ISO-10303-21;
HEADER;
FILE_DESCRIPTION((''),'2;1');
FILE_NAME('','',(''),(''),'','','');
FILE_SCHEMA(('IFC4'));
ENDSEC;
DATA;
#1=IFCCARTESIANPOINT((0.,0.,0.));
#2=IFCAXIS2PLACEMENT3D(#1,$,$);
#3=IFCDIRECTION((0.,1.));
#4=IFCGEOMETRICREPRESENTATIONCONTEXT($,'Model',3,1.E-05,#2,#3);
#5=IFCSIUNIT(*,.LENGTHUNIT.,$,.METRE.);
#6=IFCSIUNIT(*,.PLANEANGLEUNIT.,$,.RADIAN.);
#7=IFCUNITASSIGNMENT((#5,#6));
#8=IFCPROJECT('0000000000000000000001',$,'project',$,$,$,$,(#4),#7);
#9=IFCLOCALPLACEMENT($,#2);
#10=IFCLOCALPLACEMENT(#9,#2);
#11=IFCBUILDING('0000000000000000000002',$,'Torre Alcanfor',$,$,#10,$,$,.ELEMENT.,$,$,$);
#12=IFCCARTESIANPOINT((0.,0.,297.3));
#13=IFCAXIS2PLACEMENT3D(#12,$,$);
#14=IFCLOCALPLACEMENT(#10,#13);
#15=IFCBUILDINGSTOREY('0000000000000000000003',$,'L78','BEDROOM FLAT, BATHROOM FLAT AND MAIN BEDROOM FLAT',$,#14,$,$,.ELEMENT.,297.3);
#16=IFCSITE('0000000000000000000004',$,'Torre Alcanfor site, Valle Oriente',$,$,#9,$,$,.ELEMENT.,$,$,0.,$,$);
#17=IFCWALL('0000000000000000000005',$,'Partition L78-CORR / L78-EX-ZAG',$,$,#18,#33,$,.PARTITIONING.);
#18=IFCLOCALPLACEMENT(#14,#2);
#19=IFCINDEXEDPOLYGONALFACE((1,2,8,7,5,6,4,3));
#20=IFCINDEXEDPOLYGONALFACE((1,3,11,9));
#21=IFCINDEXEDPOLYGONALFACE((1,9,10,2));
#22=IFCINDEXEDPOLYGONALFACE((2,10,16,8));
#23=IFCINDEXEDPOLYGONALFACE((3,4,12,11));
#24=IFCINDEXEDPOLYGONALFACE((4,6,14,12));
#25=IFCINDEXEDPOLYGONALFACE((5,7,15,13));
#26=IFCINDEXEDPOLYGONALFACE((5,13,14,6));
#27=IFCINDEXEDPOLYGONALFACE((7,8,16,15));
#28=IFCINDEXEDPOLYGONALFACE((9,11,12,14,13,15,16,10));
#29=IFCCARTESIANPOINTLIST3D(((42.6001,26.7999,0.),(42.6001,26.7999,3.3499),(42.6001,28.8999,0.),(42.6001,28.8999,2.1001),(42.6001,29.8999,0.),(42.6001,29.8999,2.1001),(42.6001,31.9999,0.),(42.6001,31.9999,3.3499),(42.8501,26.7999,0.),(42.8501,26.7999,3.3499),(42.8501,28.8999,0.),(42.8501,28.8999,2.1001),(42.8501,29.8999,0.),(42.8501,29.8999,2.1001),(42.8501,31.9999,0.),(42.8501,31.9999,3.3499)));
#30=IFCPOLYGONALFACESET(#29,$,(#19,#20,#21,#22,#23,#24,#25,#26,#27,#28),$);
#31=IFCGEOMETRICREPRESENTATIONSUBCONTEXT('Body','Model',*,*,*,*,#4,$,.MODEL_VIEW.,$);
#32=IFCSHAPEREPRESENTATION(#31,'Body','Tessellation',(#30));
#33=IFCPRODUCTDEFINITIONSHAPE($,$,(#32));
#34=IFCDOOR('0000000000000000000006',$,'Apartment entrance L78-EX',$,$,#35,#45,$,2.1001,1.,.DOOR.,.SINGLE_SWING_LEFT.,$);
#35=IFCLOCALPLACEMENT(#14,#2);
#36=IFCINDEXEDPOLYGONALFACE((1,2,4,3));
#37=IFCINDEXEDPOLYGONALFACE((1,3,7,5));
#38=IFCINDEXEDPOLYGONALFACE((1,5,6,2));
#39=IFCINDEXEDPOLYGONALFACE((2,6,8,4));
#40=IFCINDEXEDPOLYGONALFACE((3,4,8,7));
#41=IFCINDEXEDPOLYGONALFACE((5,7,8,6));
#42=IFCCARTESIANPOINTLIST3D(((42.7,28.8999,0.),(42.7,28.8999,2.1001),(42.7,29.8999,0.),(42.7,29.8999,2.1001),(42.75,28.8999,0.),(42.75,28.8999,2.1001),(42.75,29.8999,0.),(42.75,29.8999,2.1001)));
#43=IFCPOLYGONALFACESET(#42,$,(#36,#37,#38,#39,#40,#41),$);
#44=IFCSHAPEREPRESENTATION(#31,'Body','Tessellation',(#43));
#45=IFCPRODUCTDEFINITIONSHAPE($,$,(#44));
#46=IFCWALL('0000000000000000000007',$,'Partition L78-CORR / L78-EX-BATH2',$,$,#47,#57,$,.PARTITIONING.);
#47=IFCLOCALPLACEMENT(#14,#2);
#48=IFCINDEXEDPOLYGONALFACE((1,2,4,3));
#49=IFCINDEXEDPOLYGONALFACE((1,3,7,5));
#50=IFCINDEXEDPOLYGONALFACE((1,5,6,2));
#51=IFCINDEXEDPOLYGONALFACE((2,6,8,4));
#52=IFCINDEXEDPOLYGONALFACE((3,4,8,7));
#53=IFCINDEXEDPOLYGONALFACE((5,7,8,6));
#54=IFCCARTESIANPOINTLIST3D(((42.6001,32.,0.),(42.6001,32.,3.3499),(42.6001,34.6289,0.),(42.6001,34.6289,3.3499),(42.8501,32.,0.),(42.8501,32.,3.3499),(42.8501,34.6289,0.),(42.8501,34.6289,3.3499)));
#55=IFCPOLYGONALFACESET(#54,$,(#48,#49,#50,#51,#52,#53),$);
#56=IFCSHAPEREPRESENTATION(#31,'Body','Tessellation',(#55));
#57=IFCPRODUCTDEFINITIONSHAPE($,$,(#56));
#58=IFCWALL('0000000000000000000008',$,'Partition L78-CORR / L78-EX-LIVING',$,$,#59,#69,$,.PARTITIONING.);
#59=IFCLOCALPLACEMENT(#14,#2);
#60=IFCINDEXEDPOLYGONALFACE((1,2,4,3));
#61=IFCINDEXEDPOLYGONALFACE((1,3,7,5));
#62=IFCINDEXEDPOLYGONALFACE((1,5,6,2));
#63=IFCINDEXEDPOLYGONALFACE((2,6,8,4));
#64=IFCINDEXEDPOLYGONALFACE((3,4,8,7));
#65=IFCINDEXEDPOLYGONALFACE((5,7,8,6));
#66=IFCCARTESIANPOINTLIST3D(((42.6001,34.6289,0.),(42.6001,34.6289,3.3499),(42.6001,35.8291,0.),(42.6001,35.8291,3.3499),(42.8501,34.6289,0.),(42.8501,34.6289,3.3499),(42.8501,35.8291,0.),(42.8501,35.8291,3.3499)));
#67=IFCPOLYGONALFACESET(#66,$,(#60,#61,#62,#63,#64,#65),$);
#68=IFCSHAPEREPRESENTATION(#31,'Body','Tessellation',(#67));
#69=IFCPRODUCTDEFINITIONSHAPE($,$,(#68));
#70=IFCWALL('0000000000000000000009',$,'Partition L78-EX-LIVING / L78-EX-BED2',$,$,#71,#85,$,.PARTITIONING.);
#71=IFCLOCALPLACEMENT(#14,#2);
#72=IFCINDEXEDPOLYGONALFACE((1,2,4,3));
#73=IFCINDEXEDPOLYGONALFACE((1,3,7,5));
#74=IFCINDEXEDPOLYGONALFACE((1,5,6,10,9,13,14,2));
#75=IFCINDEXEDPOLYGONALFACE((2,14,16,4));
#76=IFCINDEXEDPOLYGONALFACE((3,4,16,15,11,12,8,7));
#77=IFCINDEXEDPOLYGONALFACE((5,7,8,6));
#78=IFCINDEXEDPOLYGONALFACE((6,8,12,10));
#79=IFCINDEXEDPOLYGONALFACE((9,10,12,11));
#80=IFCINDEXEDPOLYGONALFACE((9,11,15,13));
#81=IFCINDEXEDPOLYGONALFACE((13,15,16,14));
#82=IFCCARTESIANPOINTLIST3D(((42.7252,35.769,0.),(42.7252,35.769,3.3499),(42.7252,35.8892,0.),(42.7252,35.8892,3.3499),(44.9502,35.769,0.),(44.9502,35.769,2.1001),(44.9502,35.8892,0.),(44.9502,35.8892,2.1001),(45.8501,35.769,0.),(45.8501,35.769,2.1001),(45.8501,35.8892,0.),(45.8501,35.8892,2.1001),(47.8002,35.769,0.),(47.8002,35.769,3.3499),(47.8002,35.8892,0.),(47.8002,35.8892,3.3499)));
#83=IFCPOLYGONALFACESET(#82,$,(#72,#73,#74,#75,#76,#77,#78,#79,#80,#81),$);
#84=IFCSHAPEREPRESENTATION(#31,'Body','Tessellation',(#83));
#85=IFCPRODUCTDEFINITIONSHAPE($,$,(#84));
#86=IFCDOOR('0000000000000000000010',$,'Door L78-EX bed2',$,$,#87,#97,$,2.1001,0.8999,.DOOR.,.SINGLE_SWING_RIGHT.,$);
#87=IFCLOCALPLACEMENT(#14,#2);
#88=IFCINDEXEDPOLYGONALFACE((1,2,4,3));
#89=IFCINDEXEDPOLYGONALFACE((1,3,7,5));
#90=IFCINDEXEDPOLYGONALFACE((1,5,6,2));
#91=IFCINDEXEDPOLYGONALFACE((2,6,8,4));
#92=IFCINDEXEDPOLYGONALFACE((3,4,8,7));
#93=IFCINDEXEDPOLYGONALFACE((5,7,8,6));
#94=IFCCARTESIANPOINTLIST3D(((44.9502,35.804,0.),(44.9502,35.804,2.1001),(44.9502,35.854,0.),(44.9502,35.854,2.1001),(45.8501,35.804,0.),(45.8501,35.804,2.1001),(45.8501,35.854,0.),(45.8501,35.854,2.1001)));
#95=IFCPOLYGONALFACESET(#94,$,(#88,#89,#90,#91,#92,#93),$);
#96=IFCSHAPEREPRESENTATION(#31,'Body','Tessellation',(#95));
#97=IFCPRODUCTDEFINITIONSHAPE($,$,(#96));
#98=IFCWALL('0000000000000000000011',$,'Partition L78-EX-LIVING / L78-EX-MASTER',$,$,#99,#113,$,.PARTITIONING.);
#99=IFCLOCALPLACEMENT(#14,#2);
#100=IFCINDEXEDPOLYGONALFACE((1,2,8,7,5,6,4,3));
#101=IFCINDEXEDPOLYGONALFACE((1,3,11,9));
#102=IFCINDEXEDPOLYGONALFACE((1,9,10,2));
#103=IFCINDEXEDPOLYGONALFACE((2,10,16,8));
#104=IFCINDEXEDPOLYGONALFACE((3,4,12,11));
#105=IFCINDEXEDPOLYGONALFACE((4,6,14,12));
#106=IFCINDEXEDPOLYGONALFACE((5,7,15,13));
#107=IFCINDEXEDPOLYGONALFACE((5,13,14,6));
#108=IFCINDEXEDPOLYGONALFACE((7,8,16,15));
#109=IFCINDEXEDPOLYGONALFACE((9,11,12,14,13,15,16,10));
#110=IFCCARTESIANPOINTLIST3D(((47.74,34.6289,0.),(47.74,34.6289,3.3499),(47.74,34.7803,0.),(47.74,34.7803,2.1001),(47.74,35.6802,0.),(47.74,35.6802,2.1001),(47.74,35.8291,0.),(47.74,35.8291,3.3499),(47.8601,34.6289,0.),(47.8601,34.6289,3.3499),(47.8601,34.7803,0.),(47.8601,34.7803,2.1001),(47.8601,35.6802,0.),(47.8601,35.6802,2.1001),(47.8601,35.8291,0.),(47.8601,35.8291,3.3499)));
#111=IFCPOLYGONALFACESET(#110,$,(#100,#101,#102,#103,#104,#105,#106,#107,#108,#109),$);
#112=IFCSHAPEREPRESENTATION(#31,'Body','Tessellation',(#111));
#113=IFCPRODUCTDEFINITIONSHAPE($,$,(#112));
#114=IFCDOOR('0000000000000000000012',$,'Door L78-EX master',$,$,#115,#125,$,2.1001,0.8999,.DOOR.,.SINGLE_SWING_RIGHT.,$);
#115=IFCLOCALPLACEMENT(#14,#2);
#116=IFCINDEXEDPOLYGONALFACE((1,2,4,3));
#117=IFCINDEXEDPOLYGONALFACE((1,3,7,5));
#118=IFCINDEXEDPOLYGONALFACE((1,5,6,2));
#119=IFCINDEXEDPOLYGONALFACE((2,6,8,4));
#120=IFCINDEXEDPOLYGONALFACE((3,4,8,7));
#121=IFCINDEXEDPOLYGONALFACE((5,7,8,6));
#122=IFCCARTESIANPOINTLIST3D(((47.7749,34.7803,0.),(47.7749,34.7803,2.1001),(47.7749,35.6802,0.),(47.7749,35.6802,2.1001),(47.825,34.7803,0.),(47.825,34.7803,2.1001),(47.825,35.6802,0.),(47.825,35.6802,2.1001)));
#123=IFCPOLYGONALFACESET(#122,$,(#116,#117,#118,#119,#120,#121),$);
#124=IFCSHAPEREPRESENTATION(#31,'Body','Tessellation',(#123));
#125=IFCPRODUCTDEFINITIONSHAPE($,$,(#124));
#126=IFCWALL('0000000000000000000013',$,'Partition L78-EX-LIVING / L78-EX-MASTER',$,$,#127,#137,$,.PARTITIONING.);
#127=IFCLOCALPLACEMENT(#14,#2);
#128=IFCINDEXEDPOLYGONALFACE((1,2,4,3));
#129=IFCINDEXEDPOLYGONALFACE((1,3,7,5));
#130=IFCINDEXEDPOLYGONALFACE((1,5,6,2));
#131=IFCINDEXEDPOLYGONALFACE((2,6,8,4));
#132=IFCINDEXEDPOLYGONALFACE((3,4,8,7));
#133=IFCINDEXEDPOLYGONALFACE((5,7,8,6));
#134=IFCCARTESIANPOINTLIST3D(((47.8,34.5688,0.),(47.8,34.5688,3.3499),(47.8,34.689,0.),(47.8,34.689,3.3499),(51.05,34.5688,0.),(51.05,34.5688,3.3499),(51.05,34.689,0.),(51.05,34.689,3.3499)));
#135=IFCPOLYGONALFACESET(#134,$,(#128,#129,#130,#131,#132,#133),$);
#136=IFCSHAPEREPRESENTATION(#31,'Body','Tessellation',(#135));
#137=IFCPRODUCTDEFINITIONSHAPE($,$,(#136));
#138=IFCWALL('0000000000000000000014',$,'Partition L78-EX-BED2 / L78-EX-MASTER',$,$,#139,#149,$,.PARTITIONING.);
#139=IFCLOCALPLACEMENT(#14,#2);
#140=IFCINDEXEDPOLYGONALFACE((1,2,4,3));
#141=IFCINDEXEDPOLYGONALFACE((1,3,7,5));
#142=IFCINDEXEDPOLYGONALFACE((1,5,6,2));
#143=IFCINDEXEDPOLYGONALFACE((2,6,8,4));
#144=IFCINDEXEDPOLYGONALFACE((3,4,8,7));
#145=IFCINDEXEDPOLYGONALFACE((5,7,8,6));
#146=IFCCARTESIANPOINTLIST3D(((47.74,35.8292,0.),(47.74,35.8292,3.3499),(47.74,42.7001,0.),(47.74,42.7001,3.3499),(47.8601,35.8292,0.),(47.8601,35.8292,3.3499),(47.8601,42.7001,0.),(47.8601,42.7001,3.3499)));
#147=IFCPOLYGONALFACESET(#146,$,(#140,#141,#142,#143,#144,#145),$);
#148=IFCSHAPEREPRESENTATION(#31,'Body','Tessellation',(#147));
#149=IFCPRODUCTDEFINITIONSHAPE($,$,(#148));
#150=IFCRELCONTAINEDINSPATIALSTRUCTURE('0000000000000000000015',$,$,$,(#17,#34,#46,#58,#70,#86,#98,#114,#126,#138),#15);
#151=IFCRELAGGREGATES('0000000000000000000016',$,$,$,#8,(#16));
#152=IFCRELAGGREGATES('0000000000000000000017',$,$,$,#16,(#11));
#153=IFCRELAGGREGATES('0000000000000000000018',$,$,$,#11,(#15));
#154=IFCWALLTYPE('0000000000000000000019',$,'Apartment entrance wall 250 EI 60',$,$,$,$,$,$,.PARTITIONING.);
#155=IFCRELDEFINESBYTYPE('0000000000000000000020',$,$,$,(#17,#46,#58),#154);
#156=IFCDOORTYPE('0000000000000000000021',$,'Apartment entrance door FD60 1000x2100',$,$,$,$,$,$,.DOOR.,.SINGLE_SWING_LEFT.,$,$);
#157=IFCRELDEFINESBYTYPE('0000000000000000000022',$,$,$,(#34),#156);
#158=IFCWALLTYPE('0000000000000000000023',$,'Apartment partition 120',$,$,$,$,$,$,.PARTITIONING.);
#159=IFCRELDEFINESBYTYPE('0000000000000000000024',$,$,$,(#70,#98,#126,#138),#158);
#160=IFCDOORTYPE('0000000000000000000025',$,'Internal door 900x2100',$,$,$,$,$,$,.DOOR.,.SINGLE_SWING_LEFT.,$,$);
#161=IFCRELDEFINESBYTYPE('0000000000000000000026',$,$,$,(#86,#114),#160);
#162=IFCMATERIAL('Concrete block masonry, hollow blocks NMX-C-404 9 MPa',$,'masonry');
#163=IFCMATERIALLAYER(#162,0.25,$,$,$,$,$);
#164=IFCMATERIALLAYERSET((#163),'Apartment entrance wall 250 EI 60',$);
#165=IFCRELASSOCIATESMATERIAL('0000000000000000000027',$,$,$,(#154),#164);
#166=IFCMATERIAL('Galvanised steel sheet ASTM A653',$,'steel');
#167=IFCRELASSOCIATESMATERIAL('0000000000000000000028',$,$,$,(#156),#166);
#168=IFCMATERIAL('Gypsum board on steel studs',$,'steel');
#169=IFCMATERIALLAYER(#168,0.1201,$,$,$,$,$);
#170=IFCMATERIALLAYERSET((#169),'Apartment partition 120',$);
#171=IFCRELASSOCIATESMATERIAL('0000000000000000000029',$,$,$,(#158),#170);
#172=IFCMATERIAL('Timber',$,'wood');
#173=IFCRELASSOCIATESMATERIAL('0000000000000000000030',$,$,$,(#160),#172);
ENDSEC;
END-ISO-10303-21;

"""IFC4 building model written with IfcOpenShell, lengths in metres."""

from ifc_helpers import new_model, si_unit, direction, frame, frame_2d, origin, place, context, subcontext, project, spatial, rectangle, extrude, material, layer, layer_set, type_object, element, fill, save


model = new_model("IFC4")

# Units and contexts
model_context = context("Model", 3, precision=1e-05, world=origin(), true_north=direction((0.0, 1.0)))
body_context = subcontext(model_context, "Body", "Model", "MODEL_VIEW")
ifc_project = project(units=[si_unit("LENGTHUNIT", "METRE"), si_unit("PLANEANGLEUNIT", "RADIAN")], contexts=[model_context])

# Site, building, storey
site_placement = place(None, origin())
site = spatial("IfcSite", under=ifc_project, at=site_placement, Name="Torre Alcanfor site, Valle Oriente", CompositionType="ELEMENT", RefElevation=0.0)
building_placement = place(site_placement, origin())
building = spatial("IfcBuilding", under=site, at=building_placement, Name="Torre Alcanfor", CompositionType="ELEMENT")
storey_placement = place(building_placement, frame((0.0, 0.0, 297.3)))
storey = spatial("IfcBuildingStorey", under=building, at=storey_placement, Name="L78", Description="BEDROOM FLAT, BATHROOM FLAT AND MAIN BEDROOM FLAT", CompositionType="ELEMENT", Elevation=297.3)

# Wall, opening, door
ifc_material_1 = material(Name="Concrete block masonry, hollow blocks NMX-C-404 9 MPa", Category="masonry")
ifc_layer_1 = layer(ifc_material_1, 0.25)
ifc_layer_set_1 = layer_set([ifc_layer_1], Name="Apartment entrance wall 250 EI 60")
wall_type_1 = type_object("IfcWallType", Name="Apartment entrance wall 250 EI 60", PredefinedType="PARTITIONING", material=ifc_layer_set_1)
wall_1_placement = place(storey_placement, frame((42.7251, 32.0, 0.0), z_axis=(0.0, 0.0, 1.0), x_axis=(0.0, -1.0, 0.0)))
wall_1 = element("IfcWall", 1, at=wall_1_placement, inside=storey, type_object=wall_type_1, Name="Partition L78-CORR / L78-EX-ZAG", PredefinedType="PARTITIONING", context=body_context, shape_type="SweptSolid", body=[
    extrude(rectangle(XDim=5.2, YDim=0.25, at=frame_2d((2.6001, 0.0))), origin(), (0.0, 0.0, 1.0), 3.3499),
])
opening_1_placement = place(wall_1_placement, frame((2.1001, 0.0, 0.0)))
opening_1 = element("IfcOpeningElement", 2, at=opening_1_placement, cuts=wall_1, PredefinedType="OPENING", context=body_context, shape_type="SweptSolid", body=[
    extrude(rectangle(XDim=1.0, YDim=2.1001, at=frame_2d((0.5, 1.05))), frame((0.0, 0.135, 0.0), z_axis=(0.0, -1.0, 0.0), x_axis=(1.0, 0.0, 0.0)), (0.0, 0.0, 1.0), 0.27),
])
ifc_material_2 = material(Name="Galvanised steel sheet ASTM A653", Category="steel")
door_type_1 = type_object("IfcDoorType", Name="Apartment entrance door FD60 1000x2100", OperationType="SINGLE_SWING_LEFT", PredefinedType="DOOR", material=ifc_material_2)
door_1_placement = place(opening_1_placement, origin())
door_1 = element("IfcDoor", 3, at=door_1_placement, inside=storey, type_object=door_type_1, Name="Apartment entrance L78-EX", OperationType="SINGLE_SWING_LEFT", OverallHeight=2.1001, OverallWidth=1.0, PredefinedType="DOOR", context=body_context, shape_type="SweptSolid", body=[
    extrude(rectangle(XDim=1.0, YDim=2.1001, at=frame_2d((0.5, 1.05))), frame((0.0, 0.0249, 0.0), z_axis=(0.0, -1.0, 0.0), x_axis=(1.0, 0.0, 0.0)), (0.0, 0.0, 1.0), 0.05),
])
fill(opening_1, door_1)

# Walls
wall_2_placement = place(storey_placement, frame((42.7251, 34.6289, 0.0), z_axis=(0.0, 0.0, 1.0), x_axis=(0.0, -1.0, 0.0)))
element("IfcWall", 4, at=wall_2_placement, inside=storey, type_object=wall_type_1, Name="Partition L78-CORR / L78-EX-BATH2", PredefinedType="PARTITIONING", context=body_context, shape_type="SweptSolid", body=[
    extrude(rectangle(XDim=2.6289, YDim=0.25, at=frame_2d((1.3145, 0.0))), origin(), (0.0, 0.0, 1.0), 3.3499),
])
wall_3_placement = place(storey_placement, frame((42.7251, 35.8291, 0.0), z_axis=(0.0, 0.0, 1.0), x_axis=(0.0, -1.0, 0.0)))
element("IfcWall", 5, at=wall_3_placement, inside=storey, type_object=wall_type_1, Name="Partition L78-CORR / L78-EX-LIVING", PredefinedType="PARTITIONING", context=body_context, shape_type="SweptSolid", body=[
    extrude(rectangle(XDim=1.2002, YDim=0.25, at=frame_2d((0.6001, 0.0))), origin(), (0.0, 0.0, 1.0), 3.3499),
])

# Walls, openings, doors
ifc_material_3 = material(Name="Gypsum board on steel studs", Category="steel")
ifc_layer_2 = layer(ifc_material_3, 0.1201)
ifc_layer_set_2 = layer_set([ifc_layer_2], Name="Apartment partition 120")
wall_type_2 = type_object("IfcWallType", Name="Apartment partition 120", PredefinedType="PARTITIONING", material=ifc_layer_set_2)
wall_4_placement = place(storey_placement, frame((42.7251, 35.8291, 0.0), z_axis=(0.0, 0.0, 1.0), x_axis=(1.0, 0.0, 0.0)))
wall_4 = element("IfcWall", 6, at=wall_4_placement, inside=storey, type_object=wall_type_2, Name="Partition L78-EX-LIVING / L78-EX-BED2", PredefinedType="PARTITIONING", context=body_context, shape_type="SweptSolid", body=[
    extrude(rectangle(XDim=5.075, YDim=0.1201, at=frame_2d((2.5376, 0.0))), origin(), (0.0, 0.0, 1.0), 3.3499),
])
opening_2_placement = place(wall_4_placement, frame((2.2251, 0.0, 0.0)))
opening_2 = element("IfcOpeningElement", 7, at=opening_2_placement, cuts=wall_4, PredefinedType="OPENING", context=body_context, shape_type="SweptSolid", body=[
    extrude(rectangle(XDim=0.8999, YDim=2.1001, at=frame_2d((0.45, 1.05))), frame((0.0, 0.0701, 0.0), z_axis=(0.0, -1.0, 0.0), x_axis=(1.0, 0.0, 0.0)), (0.0, 0.0, 1.0), 0.1401),
])
ifc_material_4 = material(Name="Timber", Category="wood")
door_type_2 = type_object("IfcDoorType", Name="Internal door 900x2100", OperationType="SINGLE_SWING_LEFT", PredefinedType="DOOR", material=ifc_material_4)
door_2_placement = place(opening_2_placement, origin())
door_2 = element("IfcDoor", 8, at=door_2_placement, inside=storey, type_object=door_type_2, Name="Door L78-EX bed2", OperationType="SINGLE_SWING_RIGHT", OverallHeight=2.1001, OverallWidth=0.8999, PredefinedType="DOOR", context=body_context, shape_type="SweptSolid", body=[
    extrude(rectangle(XDim=0.8999, YDim=2.1001, at=frame_2d((0.45, 1.05))), frame((0.0, 0.0249, 0.0), z_axis=(0.0, -1.0, 0.0), x_axis=(1.0, 0.0, 0.0)), (0.0, 0.0, 1.0), 0.05),
])
fill(opening_2, door_2)
wall_5_placement = place(storey_placement, frame((47.8, 35.8291, 0.0), z_axis=(0.0, 0.0, 1.0), x_axis=(0.0, -1.0, 0.0)))
wall_5 = element("IfcWall", 9, at=wall_5_placement, inside=storey, type_object=wall_type_2, Name="Partition L78-EX-LIVING / L78-EX-MASTER", PredefinedType="PARTITIONING", context=body_context, shape_type="SweptSolid", body=[
    extrude(rectangle(XDim=1.2002, YDim=0.1201, at=frame_2d((0.6001, 0.0))), origin(), (0.0, 0.0, 1.0), 3.3499),
])
opening_3_placement = place(wall_5_placement, frame((0.1489, 0.0, 0.0)))
opening_3 = element("IfcOpeningElement", 10, at=opening_3_placement, cuts=wall_5, PredefinedType="OPENING", context=body_context, shape_type="SweptSolid", body=[
    extrude(rectangle(XDim=0.8999, YDim=2.1001, at=frame_2d((0.45, 1.05))), frame((0.0, 0.0701, 0.0), z_axis=(0.0, -1.0, 0.0), x_axis=(1.0, 0.0, 0.0)), (0.0, 0.0, 1.0), 0.1401),
])
door_3_placement = place(opening_3_placement, origin())
door_3 = element("IfcDoor", 11, at=door_3_placement, inside=storey, type_object=door_type_2, Name="Door L78-EX master", OperationType="SINGLE_SWING_RIGHT", OverallHeight=2.1001, OverallWidth=0.8999, PredefinedType="DOOR", context=body_context, shape_type="SweptSolid", body=[
    extrude(rectangle(XDim=0.8999, YDim=2.1001, at=frame_2d((0.45, 1.05))), frame((0.0, 0.0249, 0.0), z_axis=(0.0, -1.0, 0.0), x_axis=(1.0, 0.0, 0.0)), (0.0, 0.0, 1.0), 0.05),
])
fill(opening_3, door_3)

# Walls
wall_6_placement = place(storey_placement, frame((47.8, 34.6289, 0.0), z_axis=(0.0, 0.0, 1.0), x_axis=(1.0, 0.0, 0.0)))
element("IfcWall", 12, at=wall_6_placement, inside=storey, type_object=wall_type_2, Name="Partition L78-EX-LIVING / L78-EX-MASTER", PredefinedType="PARTITIONING", context=body_context, shape_type="SweptSolid", body=[
    extrude(rectangle(XDim=3.25, YDim=0.1201, at=frame_2d((1.625, 0.0))), origin(), (0.0, 0.0, 1.0), 3.3499),
])
wall_7_placement = place(storey_placement, frame((47.8, 35.8291, 0.0), z_axis=(0.0, 0.0, 1.0), x_axis=(0.0, 1.0, 0.0)))
element("IfcWall", 13, at=wall_7_placement, inside=storey, type_object=wall_type_2, Name="Partition L78-EX-BED2 / L78-EX-MASTER", PredefinedType="PARTITIONING", context=body_context, shape_type="SweptSolid", body=[
    extrude(rectangle(XDim=6.8708, YDim=0.1201, at=frame_2d((3.4355, 0.0))), origin(), (0.0, 0.0, 1.0), 3.3499),
])

save(model, "model.ifc")
